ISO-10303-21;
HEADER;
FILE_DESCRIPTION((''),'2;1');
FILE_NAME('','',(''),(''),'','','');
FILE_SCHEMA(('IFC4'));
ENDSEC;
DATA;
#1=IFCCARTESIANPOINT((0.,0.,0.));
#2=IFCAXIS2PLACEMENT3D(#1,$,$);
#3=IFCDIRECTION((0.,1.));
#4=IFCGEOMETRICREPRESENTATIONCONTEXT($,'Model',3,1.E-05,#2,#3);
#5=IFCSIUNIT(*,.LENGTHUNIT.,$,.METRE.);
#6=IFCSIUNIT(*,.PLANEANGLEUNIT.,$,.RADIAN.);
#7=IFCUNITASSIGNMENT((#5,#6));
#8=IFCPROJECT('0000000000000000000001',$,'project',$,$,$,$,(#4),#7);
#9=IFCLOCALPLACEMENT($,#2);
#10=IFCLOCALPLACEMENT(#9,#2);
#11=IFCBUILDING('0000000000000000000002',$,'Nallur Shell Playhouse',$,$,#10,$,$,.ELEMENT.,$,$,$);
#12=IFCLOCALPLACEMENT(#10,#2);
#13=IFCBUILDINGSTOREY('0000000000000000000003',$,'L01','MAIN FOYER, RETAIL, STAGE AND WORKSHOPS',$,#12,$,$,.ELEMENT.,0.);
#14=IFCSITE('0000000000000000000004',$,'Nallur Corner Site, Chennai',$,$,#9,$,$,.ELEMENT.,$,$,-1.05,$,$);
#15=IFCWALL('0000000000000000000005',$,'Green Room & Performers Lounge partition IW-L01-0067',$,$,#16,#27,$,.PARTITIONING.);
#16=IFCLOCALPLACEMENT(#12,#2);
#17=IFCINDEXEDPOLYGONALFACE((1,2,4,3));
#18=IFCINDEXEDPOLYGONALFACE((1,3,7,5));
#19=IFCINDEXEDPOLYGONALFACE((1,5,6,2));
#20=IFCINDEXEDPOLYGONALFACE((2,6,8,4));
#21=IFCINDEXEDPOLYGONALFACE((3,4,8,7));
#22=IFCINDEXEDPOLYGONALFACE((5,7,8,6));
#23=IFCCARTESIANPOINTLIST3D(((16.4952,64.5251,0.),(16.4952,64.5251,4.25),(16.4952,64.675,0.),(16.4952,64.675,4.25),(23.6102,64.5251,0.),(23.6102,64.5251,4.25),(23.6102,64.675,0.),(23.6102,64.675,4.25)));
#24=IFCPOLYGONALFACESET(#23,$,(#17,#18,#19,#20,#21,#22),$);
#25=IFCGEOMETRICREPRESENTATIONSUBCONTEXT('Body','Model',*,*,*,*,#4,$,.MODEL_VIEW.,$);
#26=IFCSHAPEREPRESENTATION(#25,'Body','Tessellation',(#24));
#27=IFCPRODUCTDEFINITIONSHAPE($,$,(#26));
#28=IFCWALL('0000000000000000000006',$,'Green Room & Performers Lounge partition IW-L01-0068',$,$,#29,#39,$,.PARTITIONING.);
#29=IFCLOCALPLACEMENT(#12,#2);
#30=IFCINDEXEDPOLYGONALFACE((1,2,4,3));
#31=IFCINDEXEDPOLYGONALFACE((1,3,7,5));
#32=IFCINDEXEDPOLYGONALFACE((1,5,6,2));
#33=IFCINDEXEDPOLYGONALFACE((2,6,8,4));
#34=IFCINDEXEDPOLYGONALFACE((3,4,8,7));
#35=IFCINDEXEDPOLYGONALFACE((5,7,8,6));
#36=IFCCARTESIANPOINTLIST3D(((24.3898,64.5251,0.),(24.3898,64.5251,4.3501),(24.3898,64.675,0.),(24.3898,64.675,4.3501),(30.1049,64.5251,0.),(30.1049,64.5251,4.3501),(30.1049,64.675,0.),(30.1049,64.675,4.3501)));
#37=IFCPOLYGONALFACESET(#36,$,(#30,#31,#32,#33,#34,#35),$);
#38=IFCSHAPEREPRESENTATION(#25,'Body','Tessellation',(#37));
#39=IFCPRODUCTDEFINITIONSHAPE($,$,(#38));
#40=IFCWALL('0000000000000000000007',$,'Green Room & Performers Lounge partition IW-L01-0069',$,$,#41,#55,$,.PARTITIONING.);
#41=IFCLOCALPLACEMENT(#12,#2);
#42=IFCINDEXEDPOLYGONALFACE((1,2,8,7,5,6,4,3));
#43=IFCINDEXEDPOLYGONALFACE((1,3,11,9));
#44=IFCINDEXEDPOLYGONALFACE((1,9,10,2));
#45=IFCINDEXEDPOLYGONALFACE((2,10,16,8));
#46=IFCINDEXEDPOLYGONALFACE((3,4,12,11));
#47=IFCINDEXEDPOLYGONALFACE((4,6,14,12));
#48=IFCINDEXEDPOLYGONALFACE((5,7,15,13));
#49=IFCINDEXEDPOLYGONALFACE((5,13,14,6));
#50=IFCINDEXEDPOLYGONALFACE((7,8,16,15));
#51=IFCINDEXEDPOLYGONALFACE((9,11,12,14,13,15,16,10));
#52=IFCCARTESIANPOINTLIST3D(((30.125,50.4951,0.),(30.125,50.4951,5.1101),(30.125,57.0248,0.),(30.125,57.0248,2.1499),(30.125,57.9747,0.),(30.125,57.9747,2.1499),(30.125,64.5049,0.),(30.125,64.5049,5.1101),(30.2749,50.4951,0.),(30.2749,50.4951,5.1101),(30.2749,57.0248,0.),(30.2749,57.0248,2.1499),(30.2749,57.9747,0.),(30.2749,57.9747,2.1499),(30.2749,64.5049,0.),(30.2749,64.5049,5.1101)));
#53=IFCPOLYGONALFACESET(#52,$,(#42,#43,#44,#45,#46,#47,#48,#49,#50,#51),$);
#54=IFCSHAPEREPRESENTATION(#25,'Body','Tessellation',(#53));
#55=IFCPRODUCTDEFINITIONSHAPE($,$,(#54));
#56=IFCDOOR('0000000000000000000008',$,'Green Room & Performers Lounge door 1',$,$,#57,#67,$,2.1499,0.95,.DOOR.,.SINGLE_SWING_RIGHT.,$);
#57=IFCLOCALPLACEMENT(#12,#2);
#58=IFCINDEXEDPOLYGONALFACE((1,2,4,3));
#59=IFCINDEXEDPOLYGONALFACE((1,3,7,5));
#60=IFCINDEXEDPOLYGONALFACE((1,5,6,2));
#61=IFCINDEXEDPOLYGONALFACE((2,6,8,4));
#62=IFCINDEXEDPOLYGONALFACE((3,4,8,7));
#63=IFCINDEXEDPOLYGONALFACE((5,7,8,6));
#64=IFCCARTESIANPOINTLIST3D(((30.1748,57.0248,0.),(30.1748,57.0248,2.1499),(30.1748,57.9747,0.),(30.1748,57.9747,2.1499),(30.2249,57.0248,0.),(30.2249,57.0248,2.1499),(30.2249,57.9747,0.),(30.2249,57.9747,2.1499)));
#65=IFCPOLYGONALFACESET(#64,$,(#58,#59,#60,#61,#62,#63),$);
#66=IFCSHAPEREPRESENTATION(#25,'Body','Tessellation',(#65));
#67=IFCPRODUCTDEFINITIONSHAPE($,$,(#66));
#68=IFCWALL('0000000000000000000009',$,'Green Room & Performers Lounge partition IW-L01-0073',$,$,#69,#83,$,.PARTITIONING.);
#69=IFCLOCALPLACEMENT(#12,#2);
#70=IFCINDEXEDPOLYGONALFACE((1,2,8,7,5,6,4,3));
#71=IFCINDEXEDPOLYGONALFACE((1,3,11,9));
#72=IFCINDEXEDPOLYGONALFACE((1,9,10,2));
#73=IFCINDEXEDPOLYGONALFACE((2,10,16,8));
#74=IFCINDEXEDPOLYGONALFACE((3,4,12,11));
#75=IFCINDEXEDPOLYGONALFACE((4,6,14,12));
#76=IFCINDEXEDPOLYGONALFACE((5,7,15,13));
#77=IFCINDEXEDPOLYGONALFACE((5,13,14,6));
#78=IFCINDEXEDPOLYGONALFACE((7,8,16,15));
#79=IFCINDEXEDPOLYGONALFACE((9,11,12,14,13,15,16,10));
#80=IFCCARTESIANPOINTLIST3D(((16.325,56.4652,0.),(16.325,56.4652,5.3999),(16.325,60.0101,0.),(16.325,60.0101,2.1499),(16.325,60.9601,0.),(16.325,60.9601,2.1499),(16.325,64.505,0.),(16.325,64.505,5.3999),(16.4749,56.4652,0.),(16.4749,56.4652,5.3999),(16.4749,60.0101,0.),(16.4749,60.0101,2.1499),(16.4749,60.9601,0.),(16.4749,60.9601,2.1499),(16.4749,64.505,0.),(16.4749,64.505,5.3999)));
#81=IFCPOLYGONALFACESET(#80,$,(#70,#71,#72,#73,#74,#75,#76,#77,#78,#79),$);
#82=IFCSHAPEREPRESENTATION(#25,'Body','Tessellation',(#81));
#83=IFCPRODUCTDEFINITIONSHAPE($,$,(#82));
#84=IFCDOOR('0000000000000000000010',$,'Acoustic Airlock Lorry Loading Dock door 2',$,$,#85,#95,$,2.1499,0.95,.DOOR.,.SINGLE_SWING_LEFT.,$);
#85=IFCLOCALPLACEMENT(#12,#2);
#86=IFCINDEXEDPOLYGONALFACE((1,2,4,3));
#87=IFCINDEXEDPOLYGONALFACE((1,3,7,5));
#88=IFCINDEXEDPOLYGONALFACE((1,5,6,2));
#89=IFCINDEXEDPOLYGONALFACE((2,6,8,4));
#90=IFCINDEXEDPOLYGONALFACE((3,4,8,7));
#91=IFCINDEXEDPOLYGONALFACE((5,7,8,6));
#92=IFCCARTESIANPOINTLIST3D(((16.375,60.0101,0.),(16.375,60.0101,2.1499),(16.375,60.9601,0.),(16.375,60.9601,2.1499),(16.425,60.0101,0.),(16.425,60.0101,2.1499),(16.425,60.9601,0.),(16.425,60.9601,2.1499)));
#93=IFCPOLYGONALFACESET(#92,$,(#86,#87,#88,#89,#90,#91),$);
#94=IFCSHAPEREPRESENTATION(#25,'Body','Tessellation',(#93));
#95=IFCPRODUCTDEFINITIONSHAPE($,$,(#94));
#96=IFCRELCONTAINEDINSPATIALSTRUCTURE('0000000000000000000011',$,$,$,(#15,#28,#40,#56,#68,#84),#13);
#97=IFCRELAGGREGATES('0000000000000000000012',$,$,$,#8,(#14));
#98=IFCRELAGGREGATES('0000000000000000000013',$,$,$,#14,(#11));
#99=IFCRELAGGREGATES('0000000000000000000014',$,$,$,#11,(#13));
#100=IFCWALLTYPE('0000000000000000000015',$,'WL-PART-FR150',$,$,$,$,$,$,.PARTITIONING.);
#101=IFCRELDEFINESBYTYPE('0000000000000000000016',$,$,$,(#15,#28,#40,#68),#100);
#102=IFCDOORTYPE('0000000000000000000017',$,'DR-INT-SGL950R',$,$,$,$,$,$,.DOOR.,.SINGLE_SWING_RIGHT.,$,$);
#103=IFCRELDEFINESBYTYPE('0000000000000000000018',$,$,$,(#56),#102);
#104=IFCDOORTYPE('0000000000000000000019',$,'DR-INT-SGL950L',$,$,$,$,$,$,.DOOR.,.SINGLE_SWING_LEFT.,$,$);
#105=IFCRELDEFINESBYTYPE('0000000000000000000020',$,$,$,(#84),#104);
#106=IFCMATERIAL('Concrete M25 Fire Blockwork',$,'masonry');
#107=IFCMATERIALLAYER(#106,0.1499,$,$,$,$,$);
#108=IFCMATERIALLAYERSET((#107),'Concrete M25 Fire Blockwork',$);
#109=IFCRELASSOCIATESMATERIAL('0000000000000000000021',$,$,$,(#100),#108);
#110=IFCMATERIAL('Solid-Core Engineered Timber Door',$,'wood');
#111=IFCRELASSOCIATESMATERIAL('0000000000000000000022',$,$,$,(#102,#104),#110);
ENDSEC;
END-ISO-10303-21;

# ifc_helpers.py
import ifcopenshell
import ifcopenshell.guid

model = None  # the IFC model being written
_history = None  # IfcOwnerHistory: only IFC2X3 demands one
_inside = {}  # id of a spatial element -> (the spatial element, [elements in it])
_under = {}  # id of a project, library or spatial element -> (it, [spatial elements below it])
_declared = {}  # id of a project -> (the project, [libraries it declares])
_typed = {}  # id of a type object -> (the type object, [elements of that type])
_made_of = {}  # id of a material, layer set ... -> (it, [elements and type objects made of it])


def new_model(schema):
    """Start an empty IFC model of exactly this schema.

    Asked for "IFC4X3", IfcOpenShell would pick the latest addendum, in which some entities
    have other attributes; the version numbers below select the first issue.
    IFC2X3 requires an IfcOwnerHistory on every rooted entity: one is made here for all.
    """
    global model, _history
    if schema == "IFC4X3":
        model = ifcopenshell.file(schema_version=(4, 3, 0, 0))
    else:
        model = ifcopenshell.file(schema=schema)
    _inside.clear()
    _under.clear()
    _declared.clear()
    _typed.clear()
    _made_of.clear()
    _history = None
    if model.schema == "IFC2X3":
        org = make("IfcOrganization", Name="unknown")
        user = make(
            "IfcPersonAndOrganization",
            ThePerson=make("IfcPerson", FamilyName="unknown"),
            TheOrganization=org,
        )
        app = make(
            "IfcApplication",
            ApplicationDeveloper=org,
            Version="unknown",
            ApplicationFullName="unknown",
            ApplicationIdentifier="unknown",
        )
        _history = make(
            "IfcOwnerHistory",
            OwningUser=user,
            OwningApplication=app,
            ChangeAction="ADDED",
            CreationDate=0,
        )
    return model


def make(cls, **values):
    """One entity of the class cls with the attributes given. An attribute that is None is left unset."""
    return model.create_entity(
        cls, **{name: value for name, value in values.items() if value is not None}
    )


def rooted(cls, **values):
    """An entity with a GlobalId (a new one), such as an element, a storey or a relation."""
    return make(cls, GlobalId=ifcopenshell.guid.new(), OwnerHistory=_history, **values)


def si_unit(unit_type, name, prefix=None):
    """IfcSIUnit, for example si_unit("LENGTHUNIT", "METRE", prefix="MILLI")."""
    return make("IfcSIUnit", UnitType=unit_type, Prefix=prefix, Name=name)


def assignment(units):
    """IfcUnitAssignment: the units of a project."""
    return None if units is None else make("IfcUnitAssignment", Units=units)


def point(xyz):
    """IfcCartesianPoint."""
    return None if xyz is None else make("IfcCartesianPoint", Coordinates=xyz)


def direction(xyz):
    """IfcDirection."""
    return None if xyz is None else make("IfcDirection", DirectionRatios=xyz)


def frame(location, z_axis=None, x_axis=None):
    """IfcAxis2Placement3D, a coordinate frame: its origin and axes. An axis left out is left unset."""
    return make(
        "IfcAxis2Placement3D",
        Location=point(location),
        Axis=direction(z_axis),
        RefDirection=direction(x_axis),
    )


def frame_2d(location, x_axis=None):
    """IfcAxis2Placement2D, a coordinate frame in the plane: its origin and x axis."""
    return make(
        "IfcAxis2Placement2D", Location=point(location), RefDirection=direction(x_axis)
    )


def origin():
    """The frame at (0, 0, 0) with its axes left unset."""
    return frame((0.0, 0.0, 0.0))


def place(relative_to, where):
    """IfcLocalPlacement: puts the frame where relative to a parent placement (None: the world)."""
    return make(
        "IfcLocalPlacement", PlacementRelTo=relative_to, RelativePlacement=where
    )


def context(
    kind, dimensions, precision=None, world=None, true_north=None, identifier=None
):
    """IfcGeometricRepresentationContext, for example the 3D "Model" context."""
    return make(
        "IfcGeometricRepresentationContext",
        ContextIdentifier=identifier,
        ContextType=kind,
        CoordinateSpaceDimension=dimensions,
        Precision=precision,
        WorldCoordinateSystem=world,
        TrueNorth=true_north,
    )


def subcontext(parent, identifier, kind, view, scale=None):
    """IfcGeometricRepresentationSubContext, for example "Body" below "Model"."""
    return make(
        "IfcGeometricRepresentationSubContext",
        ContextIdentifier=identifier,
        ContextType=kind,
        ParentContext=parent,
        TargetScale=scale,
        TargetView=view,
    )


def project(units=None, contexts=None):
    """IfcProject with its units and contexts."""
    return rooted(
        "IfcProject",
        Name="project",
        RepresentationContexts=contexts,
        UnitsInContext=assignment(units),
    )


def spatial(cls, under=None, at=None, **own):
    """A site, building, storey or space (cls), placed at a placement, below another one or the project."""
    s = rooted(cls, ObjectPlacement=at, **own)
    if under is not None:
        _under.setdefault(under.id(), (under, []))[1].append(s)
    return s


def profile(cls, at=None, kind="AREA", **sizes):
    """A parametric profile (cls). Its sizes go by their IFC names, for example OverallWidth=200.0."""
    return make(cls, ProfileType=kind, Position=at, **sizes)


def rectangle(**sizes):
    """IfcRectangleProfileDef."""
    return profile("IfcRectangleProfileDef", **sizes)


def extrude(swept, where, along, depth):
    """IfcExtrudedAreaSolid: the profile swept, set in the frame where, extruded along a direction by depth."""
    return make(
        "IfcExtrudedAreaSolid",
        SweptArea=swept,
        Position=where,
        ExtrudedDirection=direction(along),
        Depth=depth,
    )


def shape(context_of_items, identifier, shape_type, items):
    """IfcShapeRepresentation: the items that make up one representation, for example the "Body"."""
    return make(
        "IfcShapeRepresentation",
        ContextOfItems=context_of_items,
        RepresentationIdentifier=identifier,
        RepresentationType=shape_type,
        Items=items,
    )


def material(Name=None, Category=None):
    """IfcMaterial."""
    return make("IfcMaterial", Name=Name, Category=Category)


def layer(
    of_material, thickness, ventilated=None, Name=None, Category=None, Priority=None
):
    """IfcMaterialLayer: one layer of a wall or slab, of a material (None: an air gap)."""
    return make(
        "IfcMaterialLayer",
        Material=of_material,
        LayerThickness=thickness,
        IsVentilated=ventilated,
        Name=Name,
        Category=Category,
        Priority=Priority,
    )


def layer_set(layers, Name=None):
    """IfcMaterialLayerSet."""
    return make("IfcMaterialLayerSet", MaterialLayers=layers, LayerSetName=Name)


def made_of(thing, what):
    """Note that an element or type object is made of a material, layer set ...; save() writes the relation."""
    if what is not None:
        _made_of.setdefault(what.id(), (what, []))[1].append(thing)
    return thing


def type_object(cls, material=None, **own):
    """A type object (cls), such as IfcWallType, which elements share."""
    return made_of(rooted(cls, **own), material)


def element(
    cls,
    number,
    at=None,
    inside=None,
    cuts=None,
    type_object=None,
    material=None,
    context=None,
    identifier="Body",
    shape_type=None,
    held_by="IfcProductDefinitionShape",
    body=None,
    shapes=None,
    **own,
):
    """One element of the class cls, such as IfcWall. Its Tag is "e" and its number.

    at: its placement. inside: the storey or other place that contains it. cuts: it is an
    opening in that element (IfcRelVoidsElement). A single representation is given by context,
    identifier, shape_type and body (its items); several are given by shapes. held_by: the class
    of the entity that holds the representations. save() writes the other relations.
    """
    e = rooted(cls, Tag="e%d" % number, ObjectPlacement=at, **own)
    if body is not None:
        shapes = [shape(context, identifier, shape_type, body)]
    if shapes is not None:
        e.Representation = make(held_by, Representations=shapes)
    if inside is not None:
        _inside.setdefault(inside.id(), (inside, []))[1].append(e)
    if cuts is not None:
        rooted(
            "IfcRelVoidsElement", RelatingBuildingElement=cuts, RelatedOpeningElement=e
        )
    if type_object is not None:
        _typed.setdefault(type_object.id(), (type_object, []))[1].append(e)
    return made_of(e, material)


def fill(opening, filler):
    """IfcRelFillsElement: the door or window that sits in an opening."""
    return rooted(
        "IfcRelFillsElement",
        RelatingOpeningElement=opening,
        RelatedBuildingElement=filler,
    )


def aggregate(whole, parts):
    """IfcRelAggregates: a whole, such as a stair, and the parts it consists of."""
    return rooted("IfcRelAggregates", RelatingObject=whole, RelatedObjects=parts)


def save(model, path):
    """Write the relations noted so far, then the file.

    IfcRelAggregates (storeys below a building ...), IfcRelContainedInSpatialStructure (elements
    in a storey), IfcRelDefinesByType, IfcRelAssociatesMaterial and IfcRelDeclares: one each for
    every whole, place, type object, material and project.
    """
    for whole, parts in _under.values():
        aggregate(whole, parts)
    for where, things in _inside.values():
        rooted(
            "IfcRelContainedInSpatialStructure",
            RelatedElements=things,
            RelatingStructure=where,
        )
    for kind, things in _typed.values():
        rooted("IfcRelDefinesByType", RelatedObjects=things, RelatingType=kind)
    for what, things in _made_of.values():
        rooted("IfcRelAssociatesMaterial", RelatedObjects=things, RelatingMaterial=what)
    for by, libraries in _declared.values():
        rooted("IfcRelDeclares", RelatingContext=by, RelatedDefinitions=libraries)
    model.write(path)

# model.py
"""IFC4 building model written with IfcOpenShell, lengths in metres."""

from ifc_helpers import new_model, si_unit, direction, frame, frame_2d, origin, place, context, subcontext, project, spatial, rectangle, extrude, material, layer, layer_set, type_object, element, fill, save


model = new_model("IFC4")

# Units and contexts
model_context = context("Model", 3, precision=1e-05, world=origin(), true_north=direction((0.0, 1.0)))
body_context = subcontext(model_context, "Body", "Model", "MODEL_VIEW")
ifc_project = project(units=[si_unit("LENGTHUNIT", "METRE"), si_unit("PLANEANGLEUNIT", "RADIAN")], contexts=[model_context])

# Site, building, storey
site_placement = place(None, origin())
site = spatial("IfcSite", under=ifc_project, at=site_placement, Name="Nallur Corner Site, Chennai", CompositionType="ELEMENT", RefElevation=-1.05)
building_placement = place(site_placement, origin())
building = spatial("IfcBuilding", under=site, at=building_placement, Name="Nallur Shell Playhouse", CompositionType="ELEMENT")
storey_placement = place(building_placement, origin())
storey = spatial("IfcBuildingStorey", under=building, at=storey_placement, Name="L01", Description="MAIN FOYER, RETAIL, STAGE AND WORKSHOPS", CompositionType="ELEMENT", Elevation=0.0)

# Walls
ifc_material_1 = material(Name="Concrete M25 Fire Blockwork", Category="masonry")
ifc_layer = layer(ifc_material_1, 0.1499)
ifc_layer_set = layer_set([ifc_layer], Name="Concrete M25 Fire Blockwork")
wall_type = type_object("IfcWallType", Name="WL-PART-FR150", PredefinedType="PARTITIONING", material=ifc_layer_set)
wall_1_placement = place(storey_placement, frame((16.4951, 64.6001, 0.0), z_axis=(0.0, 0.0, 1.0), x_axis=(1.0, 0.0, 0.0)))
element("IfcWall", 1, at=wall_1_placement, inside=storey, type_object=wall_type, Name="Green Room & Performers Lounge partition IW-L01-0067", PredefinedType="PARTITIONING", context=body_context, shape_type="SweptSolid", body=[
    extrude(rectangle(XDim=7.115, YDim=0.1499, at=frame_2d((3.5576, 0.0))), origin(), (0.0, 0.0, 1.0), 4.25),
])
wall_2_placement = place(storey_placement, frame((24.3899, 64.6001, 0.0), z_axis=(0.0, 0.0, 1.0), x_axis=(1.0, 0.0, 0.0)))
element("IfcWall", 2, at=wall_2_placement, inside=storey, type_object=wall_type, Name="Green Room & Performers Lounge partition IW-L01-0068", PredefinedType="PARTITIONING", context=body_context, shape_type="SweptSolid", body=[
    extrude(rectangle(XDim=5.7151, YDim=0.1499, at=frame_2d((2.8574, 0.0))), origin(), (0.0, 0.0, 1.0), 4.3501),
])

# Walls, openings, doors
wall_3_placement = place(storey_placement, frame((30.2, 64.5049, 0.0), z_axis=(0.0, 0.0, 1.0), x_axis=(0.0, -1.0, 0.0)))
wall_3 = element("IfcWall", 3, at=wall_3_placement, inside=storey, type_object=wall_type, Name="Green Room & Performers Lounge partition IW-L01-0069", PredefinedType="PARTITIONING", context=body_context, shape_type="SweptSolid", body=[
    extrude(rectangle(XDim=14.0098, YDim=0.1499, at=frame_2d((7.0049, 0.0))), origin(), (0.0, 0.0, 1.0), 5.1101),
])
opening_1_placement = place(wall_3_placement, frame((6.53, 0.0, 0.0)))
opening_1 = element("IfcOpeningElement", 4, at=opening_1_placement, cuts=wall_3, PredefinedType="OPENING", context=body_context, shape_type="SweptSolid", body=[
    extrude(rectangle(XDim=0.95, YDim=2.1499, at=frame_2d((0.4751, 1.075))), frame((0.0, 0.085, 0.0), z_axis=(0.0, -1.0, 0.0), x_axis=(1.0, 0.0, 0.0)), (0.0, 0.0, 1.0), 0.1699),
])
ifc_material_2 = material(Name="Solid-Core Engineered Timber Door", Category="wood")
door_type_1 = type_object("IfcDoorType", Name="DR-INT-SGL950R", OperationType="SINGLE_SWING_RIGHT", PredefinedType="DOOR", material=ifc_material_2)
door_1_placement = place(opening_1_placement, origin())
door_1 = element("IfcDoor", 5, at=door_1_placement, inside=storey, type_object=door_type_1, Name="Green Room & Performers Lounge door 1", OperationType="SINGLE_SWING_RIGHT", OverallHeight=2.1499, OverallWidth=0.95, PredefinedType="DOOR", context=body_context, shape_type="SweptSolid", body=[
    extrude(rectangle(XDim=0.95, YDim=2.1499, at=frame_2d((0.4751, 1.075))), frame((0.0, 0.0249, 0.0), z_axis=(0.0, -1.0, 0.0), x_axis=(1.0, 0.0, 0.0)), (0.0, 0.0, 1.0), 0.05),
])
fill(opening_1, door_1)
wall_4_placement = place(storey_placement, frame((16.3999, 56.4651, 0.0), z_axis=(0.0, 0.0, 1.0), x_axis=(0.0, 1.0, 0.0)))
wall_4 = element("IfcWall", 6, at=wall_4_placement, inside=storey, type_object=wall_type, Name="Green Room & Performers Lounge partition IW-L01-0073", PredefinedType="PARTITIONING", context=body_context, shape_type="SweptSolid", body=[
    extrude(rectangle(XDim=8.0398, YDim=0.1499, at=frame_2d((4.02, 0.0))), origin(), (0.0, 0.0, 1.0), 5.3999),
])
opening_2_placement = place(wall_4_placement, frame((3.5449, 0.0, 0.0)))
opening_2 = element("IfcOpeningElement", 7, at=opening_2_placement, cuts=wall_4, PredefinedType="OPENING", context=body_context, shape_type="SweptSolid", body=[
    extrude(rectangle(XDim=0.95, YDim=2.1499, at=frame_2d((0.4751, 1.075))), frame((0.0, 0.085, 0.0), z_axis=(0.0, -1.0, 0.0), x_axis=(1.0, 0.0, 0.0)), (0.0, 0.0, 1.0), 0.1699),
])
door_type_2 = type_object("IfcDoorType", Name="DR-INT-SGL950L", OperationType="SINGLE_SWING_LEFT", PredefinedType="DOOR", material=ifc_material_2)
door_2_placement = place(opening_2_placement, origin())
door_2 = element("IfcDoor", 8, at=door_2_placement, inside=storey, type_object=door_type_2, Name="Acoustic Airlock Lorry Loading Dock door 2", OperationType="SINGLE_SWING_LEFT", OverallHeight=2.1499, OverallWidth=0.95, PredefinedType="DOOR", context=body_context, shape_type="SweptSolid", body=[
    extrude(rectangle(XDim=0.95, YDim=2.1499, at=frame_2d((0.4751, 1.075))), frame((0.0, 0.0249, 0.0), z_axis=(0.0, -1.0, 0.0), x_axis=(1.0, 0.0, 0.0)), (0.0, 0.0, 1.0), 0.05),
])
fill(opening_2, door_2)

save(model, "model.ifc")
